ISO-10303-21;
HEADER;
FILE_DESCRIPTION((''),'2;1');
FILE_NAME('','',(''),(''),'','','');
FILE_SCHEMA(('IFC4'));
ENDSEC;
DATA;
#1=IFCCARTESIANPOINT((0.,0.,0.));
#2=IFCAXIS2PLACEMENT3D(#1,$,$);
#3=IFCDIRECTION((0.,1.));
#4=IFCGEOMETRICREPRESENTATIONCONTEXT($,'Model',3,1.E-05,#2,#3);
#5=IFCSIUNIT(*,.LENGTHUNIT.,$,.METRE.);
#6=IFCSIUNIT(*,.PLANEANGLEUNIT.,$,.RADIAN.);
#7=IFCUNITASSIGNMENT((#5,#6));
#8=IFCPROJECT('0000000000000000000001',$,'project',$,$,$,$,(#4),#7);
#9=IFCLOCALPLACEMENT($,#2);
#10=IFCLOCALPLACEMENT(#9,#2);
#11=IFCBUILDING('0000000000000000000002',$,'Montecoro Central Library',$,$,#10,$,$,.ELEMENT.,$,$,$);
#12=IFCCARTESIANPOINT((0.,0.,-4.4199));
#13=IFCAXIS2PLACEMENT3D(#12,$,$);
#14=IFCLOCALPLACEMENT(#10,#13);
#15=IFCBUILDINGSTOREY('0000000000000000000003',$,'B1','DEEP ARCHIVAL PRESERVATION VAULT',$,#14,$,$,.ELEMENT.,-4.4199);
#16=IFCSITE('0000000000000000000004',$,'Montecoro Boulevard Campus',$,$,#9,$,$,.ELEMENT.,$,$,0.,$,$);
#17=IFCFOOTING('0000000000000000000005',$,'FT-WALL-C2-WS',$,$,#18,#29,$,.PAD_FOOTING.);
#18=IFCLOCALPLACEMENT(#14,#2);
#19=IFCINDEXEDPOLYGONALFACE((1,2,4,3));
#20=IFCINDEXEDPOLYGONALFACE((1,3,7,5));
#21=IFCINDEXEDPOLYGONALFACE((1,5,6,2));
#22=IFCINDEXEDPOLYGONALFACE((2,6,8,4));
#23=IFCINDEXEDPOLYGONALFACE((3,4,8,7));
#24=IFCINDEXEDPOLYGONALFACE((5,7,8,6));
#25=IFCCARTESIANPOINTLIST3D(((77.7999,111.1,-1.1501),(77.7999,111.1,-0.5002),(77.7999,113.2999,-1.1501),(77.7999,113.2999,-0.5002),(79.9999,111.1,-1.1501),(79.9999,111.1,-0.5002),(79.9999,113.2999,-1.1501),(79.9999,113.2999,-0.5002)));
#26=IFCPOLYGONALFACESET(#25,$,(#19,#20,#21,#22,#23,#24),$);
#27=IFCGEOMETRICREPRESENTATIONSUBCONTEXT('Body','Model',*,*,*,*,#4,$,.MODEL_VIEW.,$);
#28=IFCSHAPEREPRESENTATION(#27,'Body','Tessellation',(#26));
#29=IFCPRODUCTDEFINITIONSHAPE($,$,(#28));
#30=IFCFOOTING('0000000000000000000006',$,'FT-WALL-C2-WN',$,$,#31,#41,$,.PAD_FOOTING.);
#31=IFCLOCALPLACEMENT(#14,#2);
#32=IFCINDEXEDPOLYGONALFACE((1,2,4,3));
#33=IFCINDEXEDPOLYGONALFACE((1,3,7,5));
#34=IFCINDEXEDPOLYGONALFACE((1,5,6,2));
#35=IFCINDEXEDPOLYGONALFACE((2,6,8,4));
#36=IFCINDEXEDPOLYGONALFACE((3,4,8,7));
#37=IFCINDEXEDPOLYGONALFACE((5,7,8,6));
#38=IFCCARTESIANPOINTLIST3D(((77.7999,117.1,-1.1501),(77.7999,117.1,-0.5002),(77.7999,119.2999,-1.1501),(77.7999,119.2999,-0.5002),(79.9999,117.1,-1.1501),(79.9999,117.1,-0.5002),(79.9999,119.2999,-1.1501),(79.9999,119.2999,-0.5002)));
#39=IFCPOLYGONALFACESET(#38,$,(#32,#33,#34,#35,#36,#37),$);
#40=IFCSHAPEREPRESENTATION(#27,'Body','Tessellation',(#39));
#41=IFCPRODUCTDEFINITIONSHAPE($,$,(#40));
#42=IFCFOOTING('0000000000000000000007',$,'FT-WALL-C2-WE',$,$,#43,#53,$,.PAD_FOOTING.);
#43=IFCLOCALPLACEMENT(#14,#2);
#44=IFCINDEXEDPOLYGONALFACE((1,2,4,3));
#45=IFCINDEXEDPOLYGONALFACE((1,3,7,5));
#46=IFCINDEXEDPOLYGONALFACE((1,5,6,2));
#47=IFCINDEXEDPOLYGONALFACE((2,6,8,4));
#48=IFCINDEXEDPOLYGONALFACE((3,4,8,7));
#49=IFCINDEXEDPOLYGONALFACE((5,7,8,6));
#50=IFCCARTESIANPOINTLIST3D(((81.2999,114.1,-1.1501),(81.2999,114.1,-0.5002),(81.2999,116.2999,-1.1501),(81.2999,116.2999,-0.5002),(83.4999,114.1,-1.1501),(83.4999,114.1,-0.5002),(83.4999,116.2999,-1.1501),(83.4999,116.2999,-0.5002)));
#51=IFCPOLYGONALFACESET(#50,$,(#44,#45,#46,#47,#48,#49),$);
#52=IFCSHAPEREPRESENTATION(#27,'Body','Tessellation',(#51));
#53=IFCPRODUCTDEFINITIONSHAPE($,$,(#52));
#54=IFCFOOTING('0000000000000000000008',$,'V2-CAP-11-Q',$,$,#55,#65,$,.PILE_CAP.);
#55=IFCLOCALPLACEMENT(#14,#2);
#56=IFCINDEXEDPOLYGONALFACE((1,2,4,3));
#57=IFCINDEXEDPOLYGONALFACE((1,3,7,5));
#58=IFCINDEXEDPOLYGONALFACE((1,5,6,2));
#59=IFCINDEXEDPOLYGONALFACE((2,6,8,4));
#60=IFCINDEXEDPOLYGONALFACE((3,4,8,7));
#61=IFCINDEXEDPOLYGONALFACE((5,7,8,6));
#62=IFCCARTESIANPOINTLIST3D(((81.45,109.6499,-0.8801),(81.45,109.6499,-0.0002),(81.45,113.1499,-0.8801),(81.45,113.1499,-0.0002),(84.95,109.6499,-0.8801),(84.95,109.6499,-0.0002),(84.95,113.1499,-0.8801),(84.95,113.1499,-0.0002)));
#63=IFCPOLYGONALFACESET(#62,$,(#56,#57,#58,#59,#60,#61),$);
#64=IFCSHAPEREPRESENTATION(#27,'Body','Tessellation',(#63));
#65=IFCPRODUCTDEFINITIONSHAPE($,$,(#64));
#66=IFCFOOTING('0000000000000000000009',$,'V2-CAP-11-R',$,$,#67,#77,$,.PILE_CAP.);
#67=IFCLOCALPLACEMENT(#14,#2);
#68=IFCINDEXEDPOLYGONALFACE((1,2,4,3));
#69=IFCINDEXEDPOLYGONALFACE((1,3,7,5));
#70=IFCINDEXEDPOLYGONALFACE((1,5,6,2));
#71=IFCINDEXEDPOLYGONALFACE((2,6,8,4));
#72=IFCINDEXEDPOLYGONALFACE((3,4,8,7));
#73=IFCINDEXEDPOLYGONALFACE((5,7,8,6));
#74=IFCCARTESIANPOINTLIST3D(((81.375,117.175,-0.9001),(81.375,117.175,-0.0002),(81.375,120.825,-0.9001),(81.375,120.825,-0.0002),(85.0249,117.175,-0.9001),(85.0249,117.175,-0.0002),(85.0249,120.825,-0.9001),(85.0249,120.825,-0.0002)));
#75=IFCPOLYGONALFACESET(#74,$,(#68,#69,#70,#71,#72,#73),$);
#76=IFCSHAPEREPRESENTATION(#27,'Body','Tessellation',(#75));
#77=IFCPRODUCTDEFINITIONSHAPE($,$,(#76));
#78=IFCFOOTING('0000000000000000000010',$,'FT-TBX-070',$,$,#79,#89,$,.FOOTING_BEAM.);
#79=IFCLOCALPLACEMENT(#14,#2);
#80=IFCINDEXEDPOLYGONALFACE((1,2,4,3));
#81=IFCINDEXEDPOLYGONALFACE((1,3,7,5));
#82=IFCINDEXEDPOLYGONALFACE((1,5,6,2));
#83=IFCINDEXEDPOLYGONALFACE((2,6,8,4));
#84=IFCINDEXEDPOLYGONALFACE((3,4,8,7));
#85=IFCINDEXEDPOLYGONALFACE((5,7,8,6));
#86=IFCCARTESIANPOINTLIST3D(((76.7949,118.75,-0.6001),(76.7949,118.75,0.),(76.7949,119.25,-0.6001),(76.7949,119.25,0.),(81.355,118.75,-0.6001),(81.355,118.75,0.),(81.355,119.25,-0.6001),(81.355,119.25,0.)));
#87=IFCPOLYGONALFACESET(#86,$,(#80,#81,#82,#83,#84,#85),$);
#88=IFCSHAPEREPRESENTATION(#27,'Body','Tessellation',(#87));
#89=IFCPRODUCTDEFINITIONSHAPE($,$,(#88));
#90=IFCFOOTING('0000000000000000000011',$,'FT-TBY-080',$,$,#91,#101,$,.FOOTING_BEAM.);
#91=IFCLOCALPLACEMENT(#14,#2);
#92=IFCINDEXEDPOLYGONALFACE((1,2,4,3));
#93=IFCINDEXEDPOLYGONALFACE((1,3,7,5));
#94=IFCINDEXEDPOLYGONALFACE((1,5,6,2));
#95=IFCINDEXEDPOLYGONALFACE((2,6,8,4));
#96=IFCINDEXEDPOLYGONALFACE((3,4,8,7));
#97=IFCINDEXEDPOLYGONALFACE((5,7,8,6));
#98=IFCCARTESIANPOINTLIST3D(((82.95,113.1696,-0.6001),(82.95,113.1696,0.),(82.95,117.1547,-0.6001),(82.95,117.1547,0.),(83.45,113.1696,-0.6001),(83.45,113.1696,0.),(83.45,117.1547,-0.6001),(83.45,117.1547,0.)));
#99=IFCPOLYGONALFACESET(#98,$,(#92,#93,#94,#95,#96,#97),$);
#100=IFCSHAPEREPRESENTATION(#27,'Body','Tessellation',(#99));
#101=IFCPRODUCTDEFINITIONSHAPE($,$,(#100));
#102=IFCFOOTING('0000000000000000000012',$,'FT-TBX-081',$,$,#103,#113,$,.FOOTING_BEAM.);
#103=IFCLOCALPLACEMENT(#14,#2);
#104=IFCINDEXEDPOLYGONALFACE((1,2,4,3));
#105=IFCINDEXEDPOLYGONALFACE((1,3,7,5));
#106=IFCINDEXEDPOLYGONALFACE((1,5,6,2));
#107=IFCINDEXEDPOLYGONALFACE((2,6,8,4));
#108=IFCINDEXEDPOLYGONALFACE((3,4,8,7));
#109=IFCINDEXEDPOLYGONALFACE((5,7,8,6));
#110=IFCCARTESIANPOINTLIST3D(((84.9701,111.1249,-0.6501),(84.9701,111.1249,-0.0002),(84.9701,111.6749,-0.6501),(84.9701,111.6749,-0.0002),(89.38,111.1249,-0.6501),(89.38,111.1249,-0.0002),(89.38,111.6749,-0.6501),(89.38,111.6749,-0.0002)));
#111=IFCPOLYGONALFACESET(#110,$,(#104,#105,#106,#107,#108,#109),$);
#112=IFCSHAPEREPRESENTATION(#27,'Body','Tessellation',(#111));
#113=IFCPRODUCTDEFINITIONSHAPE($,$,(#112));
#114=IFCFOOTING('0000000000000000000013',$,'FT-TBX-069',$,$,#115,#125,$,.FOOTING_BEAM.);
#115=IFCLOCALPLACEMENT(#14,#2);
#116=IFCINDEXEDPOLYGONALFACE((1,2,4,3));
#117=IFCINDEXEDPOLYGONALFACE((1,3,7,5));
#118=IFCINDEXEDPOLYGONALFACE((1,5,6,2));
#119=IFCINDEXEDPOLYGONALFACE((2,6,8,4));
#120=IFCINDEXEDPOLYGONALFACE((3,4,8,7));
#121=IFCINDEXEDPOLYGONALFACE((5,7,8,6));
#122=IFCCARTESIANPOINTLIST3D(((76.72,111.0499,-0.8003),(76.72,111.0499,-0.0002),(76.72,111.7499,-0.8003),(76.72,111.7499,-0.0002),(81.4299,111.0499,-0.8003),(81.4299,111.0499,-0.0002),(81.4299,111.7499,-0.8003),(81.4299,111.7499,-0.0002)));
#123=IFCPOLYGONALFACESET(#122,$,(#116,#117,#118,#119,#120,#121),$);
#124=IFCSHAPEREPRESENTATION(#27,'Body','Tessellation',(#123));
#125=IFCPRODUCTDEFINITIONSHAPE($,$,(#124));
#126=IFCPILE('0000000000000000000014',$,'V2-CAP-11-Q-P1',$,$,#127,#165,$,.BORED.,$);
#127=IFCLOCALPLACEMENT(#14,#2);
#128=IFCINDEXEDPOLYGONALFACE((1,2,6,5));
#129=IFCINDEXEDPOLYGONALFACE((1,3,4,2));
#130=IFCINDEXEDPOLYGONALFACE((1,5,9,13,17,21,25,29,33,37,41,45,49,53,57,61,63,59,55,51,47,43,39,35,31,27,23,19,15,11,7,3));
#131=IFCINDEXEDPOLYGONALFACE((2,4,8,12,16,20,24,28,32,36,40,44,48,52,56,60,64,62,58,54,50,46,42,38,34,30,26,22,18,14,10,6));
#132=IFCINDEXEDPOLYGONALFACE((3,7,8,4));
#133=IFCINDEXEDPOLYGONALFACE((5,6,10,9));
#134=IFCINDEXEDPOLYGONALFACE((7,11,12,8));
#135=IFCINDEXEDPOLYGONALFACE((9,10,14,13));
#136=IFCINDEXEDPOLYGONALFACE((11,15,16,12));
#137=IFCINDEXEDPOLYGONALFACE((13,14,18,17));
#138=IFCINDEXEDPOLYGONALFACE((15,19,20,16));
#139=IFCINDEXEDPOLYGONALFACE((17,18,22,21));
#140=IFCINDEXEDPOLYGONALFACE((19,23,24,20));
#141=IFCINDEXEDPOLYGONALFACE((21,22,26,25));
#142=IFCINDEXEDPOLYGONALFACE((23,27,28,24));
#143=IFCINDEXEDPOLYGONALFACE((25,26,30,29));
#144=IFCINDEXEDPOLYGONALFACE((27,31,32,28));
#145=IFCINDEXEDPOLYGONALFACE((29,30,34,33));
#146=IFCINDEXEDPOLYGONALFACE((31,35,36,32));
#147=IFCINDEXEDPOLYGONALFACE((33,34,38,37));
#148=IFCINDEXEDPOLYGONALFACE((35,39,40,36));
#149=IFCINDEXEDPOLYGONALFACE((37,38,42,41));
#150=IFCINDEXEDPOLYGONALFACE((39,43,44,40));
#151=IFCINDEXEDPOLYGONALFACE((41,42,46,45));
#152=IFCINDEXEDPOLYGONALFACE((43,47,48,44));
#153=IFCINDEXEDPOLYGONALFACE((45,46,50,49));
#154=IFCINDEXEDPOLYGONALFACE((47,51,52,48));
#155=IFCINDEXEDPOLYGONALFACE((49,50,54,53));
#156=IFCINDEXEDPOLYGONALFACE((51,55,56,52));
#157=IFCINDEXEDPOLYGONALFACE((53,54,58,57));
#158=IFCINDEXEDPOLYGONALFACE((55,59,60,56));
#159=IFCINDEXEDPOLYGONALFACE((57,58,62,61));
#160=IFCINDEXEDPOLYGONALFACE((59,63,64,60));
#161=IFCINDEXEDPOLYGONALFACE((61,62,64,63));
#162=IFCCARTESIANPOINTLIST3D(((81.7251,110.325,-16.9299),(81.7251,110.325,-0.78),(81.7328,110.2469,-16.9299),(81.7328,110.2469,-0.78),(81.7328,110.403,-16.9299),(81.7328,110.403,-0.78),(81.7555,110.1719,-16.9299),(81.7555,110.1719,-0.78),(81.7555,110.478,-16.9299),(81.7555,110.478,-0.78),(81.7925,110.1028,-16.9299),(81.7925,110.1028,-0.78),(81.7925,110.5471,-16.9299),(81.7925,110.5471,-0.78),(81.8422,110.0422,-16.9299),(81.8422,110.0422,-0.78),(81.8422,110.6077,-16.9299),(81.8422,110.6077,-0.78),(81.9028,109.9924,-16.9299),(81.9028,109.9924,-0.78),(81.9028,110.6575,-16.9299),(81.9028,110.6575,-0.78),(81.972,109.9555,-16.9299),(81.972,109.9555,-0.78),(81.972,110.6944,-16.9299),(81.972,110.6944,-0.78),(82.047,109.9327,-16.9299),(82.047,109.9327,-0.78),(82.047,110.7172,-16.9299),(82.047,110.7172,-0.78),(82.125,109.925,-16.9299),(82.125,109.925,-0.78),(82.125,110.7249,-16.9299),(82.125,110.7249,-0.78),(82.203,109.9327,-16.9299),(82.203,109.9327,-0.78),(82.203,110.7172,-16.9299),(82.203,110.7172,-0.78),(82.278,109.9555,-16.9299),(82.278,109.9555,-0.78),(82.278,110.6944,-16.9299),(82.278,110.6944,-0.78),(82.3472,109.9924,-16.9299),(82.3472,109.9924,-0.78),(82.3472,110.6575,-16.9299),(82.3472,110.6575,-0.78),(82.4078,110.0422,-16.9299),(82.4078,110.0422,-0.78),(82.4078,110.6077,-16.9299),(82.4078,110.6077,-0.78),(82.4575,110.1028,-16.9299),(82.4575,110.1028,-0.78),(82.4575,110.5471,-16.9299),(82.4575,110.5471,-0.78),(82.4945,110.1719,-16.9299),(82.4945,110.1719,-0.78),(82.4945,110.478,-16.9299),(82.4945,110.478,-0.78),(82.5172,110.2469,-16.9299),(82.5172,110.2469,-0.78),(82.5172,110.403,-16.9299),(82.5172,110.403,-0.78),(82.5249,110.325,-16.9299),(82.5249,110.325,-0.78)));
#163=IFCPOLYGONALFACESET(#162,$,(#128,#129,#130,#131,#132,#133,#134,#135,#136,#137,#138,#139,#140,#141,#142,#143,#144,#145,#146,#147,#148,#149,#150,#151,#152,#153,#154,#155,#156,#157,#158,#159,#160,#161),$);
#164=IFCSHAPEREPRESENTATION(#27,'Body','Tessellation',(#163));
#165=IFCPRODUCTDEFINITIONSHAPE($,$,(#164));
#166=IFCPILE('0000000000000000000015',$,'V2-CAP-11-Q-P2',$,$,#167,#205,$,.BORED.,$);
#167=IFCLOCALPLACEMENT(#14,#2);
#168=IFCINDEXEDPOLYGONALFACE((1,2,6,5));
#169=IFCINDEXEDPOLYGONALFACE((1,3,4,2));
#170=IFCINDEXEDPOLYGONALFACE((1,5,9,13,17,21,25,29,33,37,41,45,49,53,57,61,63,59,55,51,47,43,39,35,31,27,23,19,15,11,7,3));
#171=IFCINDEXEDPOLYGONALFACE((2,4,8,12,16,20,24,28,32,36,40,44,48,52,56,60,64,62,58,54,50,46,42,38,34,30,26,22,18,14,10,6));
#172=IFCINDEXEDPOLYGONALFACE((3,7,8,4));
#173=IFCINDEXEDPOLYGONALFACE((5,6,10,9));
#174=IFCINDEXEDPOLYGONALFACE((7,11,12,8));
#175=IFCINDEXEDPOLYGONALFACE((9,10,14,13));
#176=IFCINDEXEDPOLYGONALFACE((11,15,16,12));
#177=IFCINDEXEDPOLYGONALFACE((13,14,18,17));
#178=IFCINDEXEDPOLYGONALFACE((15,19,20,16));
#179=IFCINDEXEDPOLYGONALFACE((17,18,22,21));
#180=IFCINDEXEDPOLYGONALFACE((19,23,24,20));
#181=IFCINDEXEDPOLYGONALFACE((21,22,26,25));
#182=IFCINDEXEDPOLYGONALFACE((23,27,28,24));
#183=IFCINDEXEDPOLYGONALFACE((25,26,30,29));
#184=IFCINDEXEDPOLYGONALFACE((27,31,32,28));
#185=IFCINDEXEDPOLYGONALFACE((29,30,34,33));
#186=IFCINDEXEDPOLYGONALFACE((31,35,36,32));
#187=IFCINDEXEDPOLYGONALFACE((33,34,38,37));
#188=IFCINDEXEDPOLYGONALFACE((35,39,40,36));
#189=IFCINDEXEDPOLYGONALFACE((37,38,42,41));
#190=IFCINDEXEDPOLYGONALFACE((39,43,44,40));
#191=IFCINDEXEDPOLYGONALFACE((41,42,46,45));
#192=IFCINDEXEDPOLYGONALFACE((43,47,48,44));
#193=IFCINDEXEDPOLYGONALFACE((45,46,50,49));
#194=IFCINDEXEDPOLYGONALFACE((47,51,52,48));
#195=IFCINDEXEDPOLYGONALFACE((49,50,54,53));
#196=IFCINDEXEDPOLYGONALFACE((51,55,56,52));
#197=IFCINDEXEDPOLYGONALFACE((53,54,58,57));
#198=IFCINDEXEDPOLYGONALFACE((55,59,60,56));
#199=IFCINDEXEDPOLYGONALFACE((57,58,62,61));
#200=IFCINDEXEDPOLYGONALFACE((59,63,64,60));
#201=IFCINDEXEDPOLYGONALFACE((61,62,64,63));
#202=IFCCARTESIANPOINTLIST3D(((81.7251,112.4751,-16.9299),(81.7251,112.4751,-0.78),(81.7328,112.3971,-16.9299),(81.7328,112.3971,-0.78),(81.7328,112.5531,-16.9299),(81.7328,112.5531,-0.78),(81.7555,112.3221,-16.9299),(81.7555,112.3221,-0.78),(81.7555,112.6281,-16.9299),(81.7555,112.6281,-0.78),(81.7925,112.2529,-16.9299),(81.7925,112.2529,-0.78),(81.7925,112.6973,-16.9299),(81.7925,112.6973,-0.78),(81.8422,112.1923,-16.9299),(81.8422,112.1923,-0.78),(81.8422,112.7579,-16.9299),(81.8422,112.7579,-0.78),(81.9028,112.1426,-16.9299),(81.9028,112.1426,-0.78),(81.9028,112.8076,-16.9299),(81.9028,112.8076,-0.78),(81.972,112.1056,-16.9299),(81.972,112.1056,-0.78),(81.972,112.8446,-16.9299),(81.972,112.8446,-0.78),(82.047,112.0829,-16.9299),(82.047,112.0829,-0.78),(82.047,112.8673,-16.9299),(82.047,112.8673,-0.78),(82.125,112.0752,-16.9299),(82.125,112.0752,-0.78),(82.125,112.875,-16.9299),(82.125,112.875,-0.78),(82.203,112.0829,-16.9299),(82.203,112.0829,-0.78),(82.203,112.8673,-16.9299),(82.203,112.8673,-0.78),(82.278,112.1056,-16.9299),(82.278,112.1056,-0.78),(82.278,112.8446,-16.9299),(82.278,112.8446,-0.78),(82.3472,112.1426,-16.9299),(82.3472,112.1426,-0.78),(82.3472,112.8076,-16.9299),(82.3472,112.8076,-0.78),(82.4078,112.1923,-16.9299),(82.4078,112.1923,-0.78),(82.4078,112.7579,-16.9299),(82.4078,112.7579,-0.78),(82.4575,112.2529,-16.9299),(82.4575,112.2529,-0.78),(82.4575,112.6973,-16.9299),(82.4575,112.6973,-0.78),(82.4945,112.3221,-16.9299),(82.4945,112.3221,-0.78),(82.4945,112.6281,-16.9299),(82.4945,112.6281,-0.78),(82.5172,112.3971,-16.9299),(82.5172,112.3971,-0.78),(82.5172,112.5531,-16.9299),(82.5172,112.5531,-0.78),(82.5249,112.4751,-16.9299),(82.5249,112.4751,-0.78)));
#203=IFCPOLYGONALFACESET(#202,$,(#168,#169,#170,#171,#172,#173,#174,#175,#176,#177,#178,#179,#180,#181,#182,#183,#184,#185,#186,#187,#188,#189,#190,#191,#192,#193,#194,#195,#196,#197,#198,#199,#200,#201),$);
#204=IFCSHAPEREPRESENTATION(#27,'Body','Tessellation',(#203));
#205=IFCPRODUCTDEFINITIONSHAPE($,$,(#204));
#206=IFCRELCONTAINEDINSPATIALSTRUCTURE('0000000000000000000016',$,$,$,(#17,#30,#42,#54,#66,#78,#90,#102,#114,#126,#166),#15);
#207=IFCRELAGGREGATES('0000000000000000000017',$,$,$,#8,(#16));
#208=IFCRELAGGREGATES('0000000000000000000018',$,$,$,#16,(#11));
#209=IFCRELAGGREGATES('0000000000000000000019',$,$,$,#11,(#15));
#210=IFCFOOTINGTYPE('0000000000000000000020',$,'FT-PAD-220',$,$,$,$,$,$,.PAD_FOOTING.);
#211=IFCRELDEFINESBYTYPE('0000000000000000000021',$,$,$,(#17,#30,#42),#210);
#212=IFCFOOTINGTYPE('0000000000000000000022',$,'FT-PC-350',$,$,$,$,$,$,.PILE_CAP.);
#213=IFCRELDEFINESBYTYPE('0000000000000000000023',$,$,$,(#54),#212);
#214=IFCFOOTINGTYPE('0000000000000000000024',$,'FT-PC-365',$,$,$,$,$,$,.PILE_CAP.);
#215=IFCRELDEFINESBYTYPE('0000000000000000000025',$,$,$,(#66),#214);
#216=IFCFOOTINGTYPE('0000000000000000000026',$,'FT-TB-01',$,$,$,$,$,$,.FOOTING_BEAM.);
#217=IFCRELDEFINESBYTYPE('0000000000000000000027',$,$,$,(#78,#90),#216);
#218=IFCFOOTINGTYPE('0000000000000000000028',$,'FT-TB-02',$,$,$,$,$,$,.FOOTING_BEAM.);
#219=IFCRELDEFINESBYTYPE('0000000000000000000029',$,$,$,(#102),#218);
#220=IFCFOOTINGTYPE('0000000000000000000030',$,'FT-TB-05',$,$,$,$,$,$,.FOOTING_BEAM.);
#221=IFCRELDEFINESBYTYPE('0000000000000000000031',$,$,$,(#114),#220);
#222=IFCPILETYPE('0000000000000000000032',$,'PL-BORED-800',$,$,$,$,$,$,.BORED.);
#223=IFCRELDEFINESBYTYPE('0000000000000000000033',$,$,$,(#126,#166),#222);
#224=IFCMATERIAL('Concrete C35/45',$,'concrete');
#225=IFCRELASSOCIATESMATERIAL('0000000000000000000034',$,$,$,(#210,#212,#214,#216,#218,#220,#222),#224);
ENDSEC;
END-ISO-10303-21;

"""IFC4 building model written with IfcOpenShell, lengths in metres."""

from ifc_helpers import new_model, si_unit, direction, frame, origin, origin_2d, place, context, subcontext, project, spatial, rectangle, circle, extrude, material, material_profile, profile_set, type_object, element, save


model = new_model("IFC4")

# Units and contexts
model_context = context("Model", 3, precision=1e-05, world=origin(), true_north=direction((0.0, 1.0)))
body_context = subcontext(model_context, "Body", "Model", "MODEL_VIEW")
ifc_project = project(units=[si_unit("LENGTHUNIT", "METRE"), si_unit("PLANEANGLEUNIT", "RADIAN")], contexts=[model_context])

# Site, building, storey
site_placement = place(None, origin())
site = spatial("IfcSite", under=ifc_project, at=site_placement, Name="Montecoro Boulevard Campus", CompositionType="ELEMENT", RefElevation=0.0)
building_placement = place(site_placement, origin())
building = spatial("IfcBuilding", under=site, at=building_placement, Name="Montecoro Central Library", CompositionType="ELEMENT")
storey_placement = place(building_placement, frame((0.0, 0.0, -4.4199)))
storey = spatial("IfcBuildingStorey", under=building, at=storey_placement, Name="B1", Description="DEEP ARCHIVAL PRESERVATION VAULT", CompositionType="ELEMENT", Elevation=-4.4199)

# Footings
ifc_material_1 = material(Name="Concrete C35/45", Category="concrete")
footing_type_1 = type_object("IfcFootingType", Name="FT-PAD-220", PredefinedType="PAD_FOOTING", material=ifc_material_1)
for number, where, z_axis, x_axis, name in (
    (1, (78.8999, 112.2, -1.1501), (0.0, 0.0, 1.0), (1.0, 0.0, 0.0), "FT-WALL-C2-WS"),
    (2, (78.8999, 118.2, -1.1501), (0.0, 0.0, 1.0), (1.0, 0.0, 0.0), "FT-WALL-C2-WN"),
    (3, (82.3999, 115.2, -1.1501), (0.0, 0.0, 1.0), (1.0, 0.0, 0.0), "FT-WALL-C2-WE"),
):
    element("IfcFooting", number, at=place(storey_placement, frame(where, z_axis=z_axis, x_axis=x_axis)), inside=storey, type_object=footing_type_1, Name=name, PredefinedType="PAD_FOOTING", context=body_context, shape_type="SweptSolid", body=[
        extrude(rectangle(XDim=2.2, YDim=2.2, at=origin_2d()), origin(), (0.0, 0.0, 1.0), 0.6499),
    ])
footing_type_2 = type_object("IfcFootingType", Name="FT-PC-350", PredefinedType="PILE_CAP", material=ifc_material_1)
footing_1_placement = place(storey_placement, frame((83.2, 111.3999, -0.8801), z_axis=(0.0, 0.0, 1.0), x_axis=(1.0, 0.0, 0.0)))
element("IfcFooting", 4, at=footing_1_placement, inside=storey, type_object=footing_type_2, Name="V2-CAP-11-Q", PredefinedType="PILE_CAP", context=body_context, shape_type="SweptSolid", body=[
    extrude(rectangle(XDim=3.5, YDim=3.5, at=origin_2d()), origin(), (0.0, 0.0, 1.0), 0.8799),
])
footing_type_3 = type_object("IfcFootingType", Name="FT-PC-365", PredefinedType="PILE_CAP", material=ifc_material_1)
footing_2_placement = place(storey_placement, frame((83.2, 119.0, -0.9001), z_axis=(0.0, 0.0, 1.0), x_axis=(1.0, 0.0, 0.0)))
element("IfcFooting", 5, at=footing_2_placement, inside=storey, type_object=footing_type_3, Name="V2-CAP-11-R", PredefinedType="PILE_CAP", context=body_context, shape_type="SweptSolid", body=[
    extrude(rectangle(XDim=3.6499, YDim=3.6499, at=origin_2d()), origin(), (0.0, 0.0, 1.0), 0.8999),
])
footing_type_4 = type_object("IfcFootingType", Name="FT-TB-01", PredefinedType="FOOTING_BEAM", material=ifc_material_1)
footing_3_placement = place(storey_placement, frame((79.075, 119.0, -0.6001), z_axis=(0.0, 0.0, 1.0), x_axis=(1.0, 0.0, 0.0)))
element("IfcFooting", 6, at=footing_3_placement, inside=storey, type_object=footing_type_4, Name="FT-TBX-070", PredefinedType="FOOTING_BEAM", context=body_context, shape_type="SweptSolid", body=[
    extrude(rectangle(XDim=4.5601, YDim=0.5, at=origin_2d()), origin(), (0.0, 0.0, 1.0), 0.6001),
])
footing_4_placement = place(storey_placement, frame((83.2, 115.1621, -0.6001), z_axis=(0.0, 0.0, 1.0), x_axis=(1.0, 0.0, 0.0)))
element("IfcFooting", 7, at=footing_4_placement, inside=storey, type_object=footing_type_4, Name="FT-TBY-080", PredefinedType="FOOTING_BEAM", context=body_context, shape_type="SweptSolid", body=[
    extrude(rectangle(XDim=0.5, YDim=3.9851, at=origin_2d()), origin(), (0.0, 0.0, 1.0), 0.6001),
])
footing_type_5 = type_object("IfcFootingType", Name="FT-TB-02", PredefinedType="FOOTING_BEAM", material=ifc_material_1)
footing_5_placement = place(storey_placement, frame((87.175, 111.3999, -0.6501), z_axis=(0.0, 0.0, 1.0), x_axis=(1.0, 0.0, 0.0)))
element("IfcFooting", 8, at=footing_5_placement, inside=storey, type_object=footing_type_5, Name="FT-TBX-081", PredefinedType="FOOTING_BEAM", context=body_context, shape_type="SweptSolid", body=[
    extrude(rectangle(XDim=4.4099, YDim=0.55, at=origin_2d()), origin(), (0.0, 0.0, 1.0), 0.6499),
])
footing_type_6 = type_object("IfcFootingType", Name="FT-TB-05", PredefinedType="FOOTING_BEAM", material=ifc_material_1)
footing_6_placement = place(storey_placement, frame((79.075, 111.3999, -0.8003), z_axis=(0.0, 0.0, 1.0), x_axis=(1.0, 0.0, 0.0)))
element("IfcFooting", 9, at=footing_6_placement, inside=storey, type_object=footing_type_6, Name="FT-TBX-069", PredefinedType="FOOTING_BEAM", context=body_context, shape_type="SweptSolid", body=[
    extrude(rectangle(XDim=4.71, YDim=0.7, at=origin_2d()), origin(), (0.0, 0.0, 1.0), 0.8),
])

# Piles
ifc_material_profile_1 = material_profile(ifc_material_1, circle(Radius=0.3999, at=origin_2d()), Name="PILE D800")
ifc_profile_set_1 = profile_set([ifc_material_profile_1], Name="Concrete C35/45")
pile_type_1 = type_object("IfcPileType", Name="PL-BORED-800", PredefinedType="BORED", material=ifc_profile_set_1)
for number, where, z_axis, x_axis, name in (
    (10, (82.125, 110.325, -0.78), (0.0, 0.0, -1.0), (1.0, 0.0, 0.0), "V2-CAP-11-Q-P1"),
    (11, (82.125, 112.4751, -0.78), (0.0, 0.0, -1.0), (1.0, 0.0, 0.0), "V2-CAP-11-Q-P2"),
):
    element("IfcPile", number, at=place(storey_placement, frame(where, z_axis=z_axis, x_axis=x_axis)), inside=storey, type_object=pile_type_1, Name=name, PredefinedType="BORED", context=body_context, shape_type="SweptSolid", body=[
        extrude(circle(Radius=0.3999, at=origin_2d()), origin(), (0.0, 0.0, 1.0), 16.1499),
    ])

save(model, "model.ifc")
